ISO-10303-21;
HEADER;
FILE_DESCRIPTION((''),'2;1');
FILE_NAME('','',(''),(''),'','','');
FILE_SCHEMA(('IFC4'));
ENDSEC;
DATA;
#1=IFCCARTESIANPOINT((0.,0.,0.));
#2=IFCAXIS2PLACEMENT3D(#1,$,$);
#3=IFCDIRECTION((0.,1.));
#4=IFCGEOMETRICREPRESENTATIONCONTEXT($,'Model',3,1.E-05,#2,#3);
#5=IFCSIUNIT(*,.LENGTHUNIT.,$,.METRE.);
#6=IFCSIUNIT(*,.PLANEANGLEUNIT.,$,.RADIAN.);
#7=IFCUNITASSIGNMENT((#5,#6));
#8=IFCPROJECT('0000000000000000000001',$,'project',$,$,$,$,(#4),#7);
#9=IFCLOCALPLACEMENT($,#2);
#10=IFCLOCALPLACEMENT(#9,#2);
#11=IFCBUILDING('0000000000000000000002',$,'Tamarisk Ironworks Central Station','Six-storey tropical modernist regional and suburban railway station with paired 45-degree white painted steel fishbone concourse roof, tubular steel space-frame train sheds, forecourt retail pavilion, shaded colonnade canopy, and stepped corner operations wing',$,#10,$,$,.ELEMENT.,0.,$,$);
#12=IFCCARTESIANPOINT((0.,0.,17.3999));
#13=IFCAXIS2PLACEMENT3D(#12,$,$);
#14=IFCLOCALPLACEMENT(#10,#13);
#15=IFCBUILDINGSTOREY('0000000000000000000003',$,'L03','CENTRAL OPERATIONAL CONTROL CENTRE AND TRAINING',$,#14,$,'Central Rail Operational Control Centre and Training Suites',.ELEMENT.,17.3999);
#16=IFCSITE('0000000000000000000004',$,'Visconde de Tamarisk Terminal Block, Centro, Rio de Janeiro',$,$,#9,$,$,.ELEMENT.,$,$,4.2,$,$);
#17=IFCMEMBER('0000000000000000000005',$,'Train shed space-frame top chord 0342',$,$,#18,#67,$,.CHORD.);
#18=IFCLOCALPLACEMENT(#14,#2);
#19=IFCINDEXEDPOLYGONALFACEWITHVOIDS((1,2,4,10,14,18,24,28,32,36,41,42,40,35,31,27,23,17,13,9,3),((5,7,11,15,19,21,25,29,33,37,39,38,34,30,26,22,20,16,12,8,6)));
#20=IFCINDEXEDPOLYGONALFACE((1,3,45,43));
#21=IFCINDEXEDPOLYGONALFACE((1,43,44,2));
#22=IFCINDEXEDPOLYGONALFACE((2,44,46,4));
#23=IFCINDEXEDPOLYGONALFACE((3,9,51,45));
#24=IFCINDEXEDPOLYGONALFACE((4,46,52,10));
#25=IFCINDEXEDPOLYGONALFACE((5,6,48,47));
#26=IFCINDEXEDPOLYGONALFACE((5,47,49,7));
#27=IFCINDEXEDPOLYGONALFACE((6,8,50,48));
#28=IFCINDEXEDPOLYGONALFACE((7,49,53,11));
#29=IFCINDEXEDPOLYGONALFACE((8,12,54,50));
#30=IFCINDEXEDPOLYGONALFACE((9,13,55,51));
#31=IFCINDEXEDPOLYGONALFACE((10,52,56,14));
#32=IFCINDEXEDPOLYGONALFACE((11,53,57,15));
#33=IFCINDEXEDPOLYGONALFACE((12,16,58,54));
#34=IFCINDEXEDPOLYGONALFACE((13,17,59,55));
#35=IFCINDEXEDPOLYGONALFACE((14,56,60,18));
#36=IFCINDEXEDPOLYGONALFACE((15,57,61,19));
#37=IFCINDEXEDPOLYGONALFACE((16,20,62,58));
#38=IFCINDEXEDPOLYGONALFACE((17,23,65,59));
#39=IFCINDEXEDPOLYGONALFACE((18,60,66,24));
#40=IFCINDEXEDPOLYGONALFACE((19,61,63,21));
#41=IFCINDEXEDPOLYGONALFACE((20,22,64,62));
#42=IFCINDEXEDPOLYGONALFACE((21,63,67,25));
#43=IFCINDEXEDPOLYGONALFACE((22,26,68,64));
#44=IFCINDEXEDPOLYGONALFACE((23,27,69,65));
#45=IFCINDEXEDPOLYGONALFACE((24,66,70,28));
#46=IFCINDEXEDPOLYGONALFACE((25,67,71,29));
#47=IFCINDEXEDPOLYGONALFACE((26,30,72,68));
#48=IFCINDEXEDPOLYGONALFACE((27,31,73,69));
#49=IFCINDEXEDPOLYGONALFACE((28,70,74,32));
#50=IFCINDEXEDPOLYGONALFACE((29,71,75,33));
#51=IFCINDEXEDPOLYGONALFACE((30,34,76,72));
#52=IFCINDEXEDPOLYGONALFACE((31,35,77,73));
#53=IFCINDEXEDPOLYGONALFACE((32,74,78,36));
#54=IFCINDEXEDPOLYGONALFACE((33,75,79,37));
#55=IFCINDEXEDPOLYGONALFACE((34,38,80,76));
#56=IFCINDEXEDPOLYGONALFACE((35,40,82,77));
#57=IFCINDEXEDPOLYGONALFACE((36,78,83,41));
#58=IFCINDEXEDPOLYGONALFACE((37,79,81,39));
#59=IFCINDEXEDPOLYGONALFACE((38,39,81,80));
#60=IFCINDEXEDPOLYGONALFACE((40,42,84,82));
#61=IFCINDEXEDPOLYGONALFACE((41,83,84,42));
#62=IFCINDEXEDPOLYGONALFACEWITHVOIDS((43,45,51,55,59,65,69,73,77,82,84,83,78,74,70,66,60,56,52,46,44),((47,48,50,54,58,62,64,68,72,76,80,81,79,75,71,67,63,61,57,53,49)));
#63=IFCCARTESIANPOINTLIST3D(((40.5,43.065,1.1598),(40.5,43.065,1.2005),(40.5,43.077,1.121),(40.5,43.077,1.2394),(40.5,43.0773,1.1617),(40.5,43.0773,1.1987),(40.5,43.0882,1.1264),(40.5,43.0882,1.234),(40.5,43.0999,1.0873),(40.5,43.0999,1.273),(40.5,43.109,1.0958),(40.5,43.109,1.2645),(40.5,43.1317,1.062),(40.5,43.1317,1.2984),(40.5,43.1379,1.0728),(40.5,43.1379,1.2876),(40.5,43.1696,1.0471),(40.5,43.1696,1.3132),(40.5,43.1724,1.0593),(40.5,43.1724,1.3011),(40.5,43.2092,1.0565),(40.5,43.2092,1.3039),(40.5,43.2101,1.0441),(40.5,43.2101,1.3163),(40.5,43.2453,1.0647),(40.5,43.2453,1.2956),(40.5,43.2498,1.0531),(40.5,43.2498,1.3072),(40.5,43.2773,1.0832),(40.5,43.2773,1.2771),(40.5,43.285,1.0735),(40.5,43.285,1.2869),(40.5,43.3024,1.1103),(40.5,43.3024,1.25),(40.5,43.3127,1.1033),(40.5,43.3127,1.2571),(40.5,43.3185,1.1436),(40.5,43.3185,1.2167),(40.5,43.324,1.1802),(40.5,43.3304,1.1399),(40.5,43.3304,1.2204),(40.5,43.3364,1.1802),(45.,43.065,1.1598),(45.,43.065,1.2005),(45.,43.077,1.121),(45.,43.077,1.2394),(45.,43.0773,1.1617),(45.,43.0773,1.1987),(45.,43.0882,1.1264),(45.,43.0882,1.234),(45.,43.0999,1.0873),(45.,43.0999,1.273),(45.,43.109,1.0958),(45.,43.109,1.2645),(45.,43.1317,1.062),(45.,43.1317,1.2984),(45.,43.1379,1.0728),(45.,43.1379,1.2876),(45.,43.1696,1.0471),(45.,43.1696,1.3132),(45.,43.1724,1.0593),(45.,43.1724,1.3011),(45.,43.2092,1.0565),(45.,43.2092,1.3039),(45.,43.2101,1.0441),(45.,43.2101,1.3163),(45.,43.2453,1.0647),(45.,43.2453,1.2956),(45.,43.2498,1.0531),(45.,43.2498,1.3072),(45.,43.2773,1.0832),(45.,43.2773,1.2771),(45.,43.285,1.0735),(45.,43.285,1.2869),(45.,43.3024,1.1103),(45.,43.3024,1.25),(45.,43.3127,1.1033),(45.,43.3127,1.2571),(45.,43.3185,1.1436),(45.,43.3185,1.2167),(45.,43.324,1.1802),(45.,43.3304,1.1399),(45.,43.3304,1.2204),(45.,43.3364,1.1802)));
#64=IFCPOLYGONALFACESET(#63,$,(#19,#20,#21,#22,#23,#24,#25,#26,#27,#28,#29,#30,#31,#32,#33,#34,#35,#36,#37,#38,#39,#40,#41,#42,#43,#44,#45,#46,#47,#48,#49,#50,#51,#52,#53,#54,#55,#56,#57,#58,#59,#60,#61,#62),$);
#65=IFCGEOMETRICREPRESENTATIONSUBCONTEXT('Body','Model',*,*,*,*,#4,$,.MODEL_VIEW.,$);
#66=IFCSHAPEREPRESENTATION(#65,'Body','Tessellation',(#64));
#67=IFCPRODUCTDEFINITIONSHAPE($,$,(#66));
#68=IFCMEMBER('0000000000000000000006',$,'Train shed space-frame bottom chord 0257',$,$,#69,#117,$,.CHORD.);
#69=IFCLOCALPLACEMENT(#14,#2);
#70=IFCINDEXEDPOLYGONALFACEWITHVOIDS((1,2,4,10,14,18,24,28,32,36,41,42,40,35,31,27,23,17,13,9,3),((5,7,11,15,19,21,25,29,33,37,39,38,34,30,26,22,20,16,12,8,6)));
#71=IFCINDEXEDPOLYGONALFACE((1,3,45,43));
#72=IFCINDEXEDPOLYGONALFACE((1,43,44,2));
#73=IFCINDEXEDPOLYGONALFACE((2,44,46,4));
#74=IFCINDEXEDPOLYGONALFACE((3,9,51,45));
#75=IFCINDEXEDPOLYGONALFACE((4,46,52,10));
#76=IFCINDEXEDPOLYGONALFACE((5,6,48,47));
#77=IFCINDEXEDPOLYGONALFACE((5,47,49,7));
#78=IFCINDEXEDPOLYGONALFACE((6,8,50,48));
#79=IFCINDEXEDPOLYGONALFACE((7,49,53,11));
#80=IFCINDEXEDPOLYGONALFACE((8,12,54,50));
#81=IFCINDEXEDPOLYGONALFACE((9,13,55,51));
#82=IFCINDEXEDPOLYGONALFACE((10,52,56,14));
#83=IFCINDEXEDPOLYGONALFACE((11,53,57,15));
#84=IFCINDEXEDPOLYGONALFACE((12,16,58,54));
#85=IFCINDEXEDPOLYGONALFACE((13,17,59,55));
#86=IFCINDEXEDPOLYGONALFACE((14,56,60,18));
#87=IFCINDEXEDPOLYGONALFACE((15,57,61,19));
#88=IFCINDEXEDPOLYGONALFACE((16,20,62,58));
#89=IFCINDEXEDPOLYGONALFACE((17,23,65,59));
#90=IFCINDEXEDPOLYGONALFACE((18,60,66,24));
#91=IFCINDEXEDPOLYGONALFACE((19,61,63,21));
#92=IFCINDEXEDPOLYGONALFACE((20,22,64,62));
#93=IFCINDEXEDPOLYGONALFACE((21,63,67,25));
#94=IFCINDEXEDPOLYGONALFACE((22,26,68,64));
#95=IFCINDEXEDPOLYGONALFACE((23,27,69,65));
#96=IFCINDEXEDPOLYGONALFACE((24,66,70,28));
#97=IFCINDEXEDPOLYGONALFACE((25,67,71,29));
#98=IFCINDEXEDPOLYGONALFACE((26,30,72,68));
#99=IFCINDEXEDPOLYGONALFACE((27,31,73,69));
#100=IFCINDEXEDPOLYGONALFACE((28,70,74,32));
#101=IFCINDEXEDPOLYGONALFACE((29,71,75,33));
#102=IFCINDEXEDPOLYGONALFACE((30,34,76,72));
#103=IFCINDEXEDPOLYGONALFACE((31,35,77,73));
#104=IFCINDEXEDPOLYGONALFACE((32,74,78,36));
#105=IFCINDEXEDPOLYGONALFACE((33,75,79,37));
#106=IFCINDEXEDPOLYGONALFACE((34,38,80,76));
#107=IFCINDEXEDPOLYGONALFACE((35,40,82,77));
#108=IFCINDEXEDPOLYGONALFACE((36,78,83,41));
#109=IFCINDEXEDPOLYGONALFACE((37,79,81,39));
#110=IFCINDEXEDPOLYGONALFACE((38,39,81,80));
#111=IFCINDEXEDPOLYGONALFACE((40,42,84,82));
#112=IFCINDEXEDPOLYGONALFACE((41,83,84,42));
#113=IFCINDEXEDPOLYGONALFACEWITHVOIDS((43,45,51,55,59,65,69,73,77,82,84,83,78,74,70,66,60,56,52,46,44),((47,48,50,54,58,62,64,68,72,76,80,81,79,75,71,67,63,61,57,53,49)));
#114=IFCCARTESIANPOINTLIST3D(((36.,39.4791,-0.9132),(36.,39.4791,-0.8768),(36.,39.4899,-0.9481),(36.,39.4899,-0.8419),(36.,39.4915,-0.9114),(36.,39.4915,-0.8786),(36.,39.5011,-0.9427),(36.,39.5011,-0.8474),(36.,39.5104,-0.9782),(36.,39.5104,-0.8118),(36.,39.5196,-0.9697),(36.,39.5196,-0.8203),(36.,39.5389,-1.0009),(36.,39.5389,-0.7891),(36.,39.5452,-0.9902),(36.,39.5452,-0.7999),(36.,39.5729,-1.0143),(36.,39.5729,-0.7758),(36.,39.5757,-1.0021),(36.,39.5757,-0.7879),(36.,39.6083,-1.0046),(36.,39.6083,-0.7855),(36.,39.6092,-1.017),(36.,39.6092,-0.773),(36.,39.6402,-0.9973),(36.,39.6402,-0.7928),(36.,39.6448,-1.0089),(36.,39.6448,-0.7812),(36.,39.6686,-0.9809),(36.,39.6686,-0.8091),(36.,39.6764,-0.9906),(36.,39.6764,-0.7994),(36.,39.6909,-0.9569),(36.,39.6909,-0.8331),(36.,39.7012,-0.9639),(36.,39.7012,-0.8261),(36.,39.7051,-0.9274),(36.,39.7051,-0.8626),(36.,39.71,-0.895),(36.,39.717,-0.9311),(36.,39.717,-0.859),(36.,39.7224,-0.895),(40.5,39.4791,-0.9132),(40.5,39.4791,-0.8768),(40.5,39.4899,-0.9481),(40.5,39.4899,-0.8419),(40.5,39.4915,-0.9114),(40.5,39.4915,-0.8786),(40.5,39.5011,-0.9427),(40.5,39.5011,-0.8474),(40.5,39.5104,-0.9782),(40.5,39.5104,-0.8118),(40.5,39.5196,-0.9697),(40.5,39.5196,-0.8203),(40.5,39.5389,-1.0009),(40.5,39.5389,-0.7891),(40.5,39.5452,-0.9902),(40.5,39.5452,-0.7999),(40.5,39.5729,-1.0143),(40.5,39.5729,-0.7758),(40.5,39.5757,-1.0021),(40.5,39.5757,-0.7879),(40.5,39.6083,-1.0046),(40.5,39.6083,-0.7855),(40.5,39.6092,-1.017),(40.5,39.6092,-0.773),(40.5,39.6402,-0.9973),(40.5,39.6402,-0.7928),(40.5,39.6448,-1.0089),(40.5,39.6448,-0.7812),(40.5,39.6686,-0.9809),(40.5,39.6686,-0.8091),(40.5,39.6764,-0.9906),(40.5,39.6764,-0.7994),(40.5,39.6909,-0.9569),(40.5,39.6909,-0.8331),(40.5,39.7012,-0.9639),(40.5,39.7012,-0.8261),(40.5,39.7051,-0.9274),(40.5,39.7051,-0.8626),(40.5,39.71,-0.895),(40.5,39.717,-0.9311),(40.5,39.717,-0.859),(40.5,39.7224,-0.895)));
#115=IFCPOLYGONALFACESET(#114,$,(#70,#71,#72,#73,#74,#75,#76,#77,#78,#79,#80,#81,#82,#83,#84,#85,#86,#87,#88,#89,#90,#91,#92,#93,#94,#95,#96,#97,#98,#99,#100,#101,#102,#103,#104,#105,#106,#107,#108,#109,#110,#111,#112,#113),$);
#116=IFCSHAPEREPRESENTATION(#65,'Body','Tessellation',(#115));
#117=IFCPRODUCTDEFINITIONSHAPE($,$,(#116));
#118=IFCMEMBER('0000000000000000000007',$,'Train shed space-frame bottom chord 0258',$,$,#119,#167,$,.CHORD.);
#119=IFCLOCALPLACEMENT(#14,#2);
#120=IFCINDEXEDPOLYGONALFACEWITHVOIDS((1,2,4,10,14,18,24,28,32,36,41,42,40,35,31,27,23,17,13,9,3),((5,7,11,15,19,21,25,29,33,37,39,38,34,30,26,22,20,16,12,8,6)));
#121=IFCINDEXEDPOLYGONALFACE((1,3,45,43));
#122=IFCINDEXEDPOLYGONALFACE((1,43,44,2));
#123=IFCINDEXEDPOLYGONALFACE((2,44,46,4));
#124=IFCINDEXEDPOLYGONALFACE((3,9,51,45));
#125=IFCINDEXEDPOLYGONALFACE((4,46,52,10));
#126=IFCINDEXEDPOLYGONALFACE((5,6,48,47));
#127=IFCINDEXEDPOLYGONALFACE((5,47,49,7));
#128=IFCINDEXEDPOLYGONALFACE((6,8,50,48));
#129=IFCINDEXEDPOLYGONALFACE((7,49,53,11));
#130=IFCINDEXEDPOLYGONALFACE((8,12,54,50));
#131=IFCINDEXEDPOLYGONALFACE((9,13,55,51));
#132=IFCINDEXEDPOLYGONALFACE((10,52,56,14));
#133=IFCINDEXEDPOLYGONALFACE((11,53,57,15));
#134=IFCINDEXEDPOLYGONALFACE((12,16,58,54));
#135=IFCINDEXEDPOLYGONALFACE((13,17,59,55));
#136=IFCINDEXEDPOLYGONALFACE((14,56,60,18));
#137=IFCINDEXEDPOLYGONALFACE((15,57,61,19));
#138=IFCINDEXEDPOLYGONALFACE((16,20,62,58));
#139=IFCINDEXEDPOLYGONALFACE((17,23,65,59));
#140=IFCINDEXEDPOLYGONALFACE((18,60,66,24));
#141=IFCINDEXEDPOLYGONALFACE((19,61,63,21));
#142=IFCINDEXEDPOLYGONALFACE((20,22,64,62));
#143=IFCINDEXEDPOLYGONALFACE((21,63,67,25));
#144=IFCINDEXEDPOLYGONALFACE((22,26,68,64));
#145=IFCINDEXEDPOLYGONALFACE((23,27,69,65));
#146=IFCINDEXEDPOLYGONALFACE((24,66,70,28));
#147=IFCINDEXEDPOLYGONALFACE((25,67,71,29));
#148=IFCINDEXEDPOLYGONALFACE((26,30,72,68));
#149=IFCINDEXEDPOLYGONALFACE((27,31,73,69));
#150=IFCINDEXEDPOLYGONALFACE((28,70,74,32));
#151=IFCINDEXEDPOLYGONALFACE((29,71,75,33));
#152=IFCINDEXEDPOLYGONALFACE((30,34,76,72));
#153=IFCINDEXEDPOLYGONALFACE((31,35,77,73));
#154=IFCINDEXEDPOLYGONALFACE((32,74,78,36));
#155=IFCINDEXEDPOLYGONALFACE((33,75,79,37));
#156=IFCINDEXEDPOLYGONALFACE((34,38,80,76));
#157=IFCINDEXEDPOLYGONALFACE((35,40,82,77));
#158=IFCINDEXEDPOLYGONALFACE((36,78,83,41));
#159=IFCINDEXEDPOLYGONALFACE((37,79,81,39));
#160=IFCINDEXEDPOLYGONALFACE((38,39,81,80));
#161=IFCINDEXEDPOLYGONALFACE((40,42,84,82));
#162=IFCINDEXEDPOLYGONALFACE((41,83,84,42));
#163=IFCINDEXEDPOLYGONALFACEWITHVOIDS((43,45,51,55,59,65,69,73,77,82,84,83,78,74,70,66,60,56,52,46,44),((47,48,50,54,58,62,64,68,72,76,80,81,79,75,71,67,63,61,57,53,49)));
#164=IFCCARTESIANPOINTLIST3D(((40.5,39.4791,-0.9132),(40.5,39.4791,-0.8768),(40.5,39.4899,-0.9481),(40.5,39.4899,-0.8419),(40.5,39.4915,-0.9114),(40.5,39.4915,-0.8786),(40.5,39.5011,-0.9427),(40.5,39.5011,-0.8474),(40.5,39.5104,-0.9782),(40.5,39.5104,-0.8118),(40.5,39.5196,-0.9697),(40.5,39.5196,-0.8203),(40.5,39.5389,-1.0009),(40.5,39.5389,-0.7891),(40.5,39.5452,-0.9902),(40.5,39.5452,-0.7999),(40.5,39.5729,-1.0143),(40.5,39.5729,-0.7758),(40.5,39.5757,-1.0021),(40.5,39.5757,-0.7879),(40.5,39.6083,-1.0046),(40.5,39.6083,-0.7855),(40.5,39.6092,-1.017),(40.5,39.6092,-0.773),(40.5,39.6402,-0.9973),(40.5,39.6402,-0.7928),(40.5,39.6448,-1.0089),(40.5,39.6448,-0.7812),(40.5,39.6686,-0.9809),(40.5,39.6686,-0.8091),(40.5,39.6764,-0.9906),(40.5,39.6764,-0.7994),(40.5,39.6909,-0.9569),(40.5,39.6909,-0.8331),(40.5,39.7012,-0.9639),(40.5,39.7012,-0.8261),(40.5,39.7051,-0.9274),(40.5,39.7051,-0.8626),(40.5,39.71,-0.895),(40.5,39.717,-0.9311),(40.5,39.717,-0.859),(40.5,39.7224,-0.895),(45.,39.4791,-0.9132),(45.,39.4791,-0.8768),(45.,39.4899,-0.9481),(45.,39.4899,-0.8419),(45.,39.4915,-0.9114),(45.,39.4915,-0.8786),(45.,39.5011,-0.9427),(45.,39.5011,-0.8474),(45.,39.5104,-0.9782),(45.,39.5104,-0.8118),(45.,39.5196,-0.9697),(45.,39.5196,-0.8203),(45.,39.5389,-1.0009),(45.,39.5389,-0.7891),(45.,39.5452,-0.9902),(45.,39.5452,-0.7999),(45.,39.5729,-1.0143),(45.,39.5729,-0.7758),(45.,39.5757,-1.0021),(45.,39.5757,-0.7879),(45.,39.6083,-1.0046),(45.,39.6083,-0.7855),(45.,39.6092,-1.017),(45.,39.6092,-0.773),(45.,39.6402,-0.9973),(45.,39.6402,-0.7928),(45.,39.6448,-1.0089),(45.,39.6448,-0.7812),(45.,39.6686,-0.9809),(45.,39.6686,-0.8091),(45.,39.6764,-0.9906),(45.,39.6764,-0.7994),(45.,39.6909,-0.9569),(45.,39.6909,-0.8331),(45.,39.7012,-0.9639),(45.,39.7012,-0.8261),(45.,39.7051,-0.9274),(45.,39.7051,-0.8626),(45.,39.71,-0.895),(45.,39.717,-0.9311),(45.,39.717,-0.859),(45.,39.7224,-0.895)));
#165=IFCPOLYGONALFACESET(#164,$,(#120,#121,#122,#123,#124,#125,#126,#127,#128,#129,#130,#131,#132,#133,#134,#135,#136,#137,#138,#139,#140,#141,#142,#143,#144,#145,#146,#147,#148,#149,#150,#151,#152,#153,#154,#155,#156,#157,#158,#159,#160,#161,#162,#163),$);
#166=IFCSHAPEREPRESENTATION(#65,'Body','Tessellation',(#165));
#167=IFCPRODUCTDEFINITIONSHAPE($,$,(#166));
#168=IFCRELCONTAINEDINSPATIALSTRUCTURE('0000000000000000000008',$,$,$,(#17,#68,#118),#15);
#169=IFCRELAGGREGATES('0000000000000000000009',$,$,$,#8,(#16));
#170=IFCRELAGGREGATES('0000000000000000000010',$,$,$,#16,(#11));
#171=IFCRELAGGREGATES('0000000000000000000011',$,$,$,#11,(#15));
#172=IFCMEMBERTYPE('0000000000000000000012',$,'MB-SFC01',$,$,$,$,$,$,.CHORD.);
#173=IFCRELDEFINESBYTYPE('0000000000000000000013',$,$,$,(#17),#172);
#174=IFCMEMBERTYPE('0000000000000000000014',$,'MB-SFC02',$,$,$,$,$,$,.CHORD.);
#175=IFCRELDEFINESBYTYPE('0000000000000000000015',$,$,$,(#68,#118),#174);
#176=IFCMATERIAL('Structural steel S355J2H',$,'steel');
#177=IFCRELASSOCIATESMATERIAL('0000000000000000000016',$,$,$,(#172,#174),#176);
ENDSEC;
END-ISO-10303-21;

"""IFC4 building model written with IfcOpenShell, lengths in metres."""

from ifc_helpers import new_model, si_unit, direction, frame, origin, origin_2d, place, context, subcontext, project, spatial, hollow_circle, extrude, material, material_profile, profile_set, type_object, element, save


model = new_model("IFC4")

# Units and contexts
model_context = context("Model", 3, precision=1e-05, world=origin(), true_north=direction((0.0, 1.0)))
body_context = subcontext(model_context, "Body", "Model", "MODEL_VIEW")
ifc_project = project(units=[si_unit("LENGTHUNIT", "METRE"), si_unit("PLANEANGLEUNIT", "RADIAN")], contexts=[model_context])

# Site, building, storey
site_placement = place(None, origin())
site = spatial("IfcSite", under=ifc_project, at=site_placement, Name="Visconde de Tamarisk Terminal Block, Centro, Rio de Janeiro", CompositionType="ELEMENT", RefElevation=4.2)
building_placement = place(site_placement, origin())
building = spatial("IfcBuilding", under=site, at=building_placement, Name="Tamarisk Ironworks Central Station", Description="Six-storey tropical modernist regional and suburban railway station with paired 45-degree white painted steel fishbone concourse roof, tubular steel space-frame train sheds, forecourt retail pavilion, shaded colonnade canopy, and stepped corner operations wing", CompositionType="ELEMENT", ElevationOfRefHeight=0.0)
storey_placement = place(building_placement, frame((0.0, 0.0, 17.3999)))
storey = spatial("IfcBuildingStorey", under=building, at=storey_placement, Name="L03", Description="CENTRAL OPERATIONAL CONTROL CENTRE AND TRAINING", LongName="Central Rail Operational Control Centre and Training Suites", CompositionType="ELEMENT", Elevation=17.3999)

# Members
ifc_material = material(Name="Structural steel S355J2H", Category="steel")
ifc_material_profile_1 = material_profile(ifc_material, hollow_circle(Radius=0.1365, WallThickness=0.0125, at=origin_2d()), Name="CHS 273x12.5")
ifc_profile_set_1 = profile_set([ifc_material_profile_1], Name="Structural steel S355J2H")
member_type_1 = type_object("IfcMemberType", Name="MB-SFC01", PredefinedType="CHORD", material=ifc_profile_set_1)
for number, where, z_axis, x_axis, name in (
    (1, (40.5, 43.2, 1.1802), (1.0, 0.0, 0.0), (0.0, 1.0, 0.0), "Train shed space-frame top chord 0342"),
):
    element("IfcMember", number, at=place(storey_placement, frame(where, z_axis=z_axis, x_axis=x_axis)), inside=storey, type_object=member_type_1, Name=name, PredefinedType="CHORD", context=body_context, shape_type="SweptSolid", body=[
        extrude(hollow_circle(Radius=0.1365, WallThickness=0.0125, at=origin_2d()), origin(), (0.0, 0.0, 1.0), 4.5),
    ])
ifc_material_profile_2 = material_profile(ifc_material, hollow_circle(Radius=0.1223, WallThickness=0.0125, at=origin_2d()), Name="CHS 244.5x12.5")
ifc_profile_set_2 = profile_set([ifc_material_profile_2], Name="Structural steel S355J2H")
member_type_2 = type_object("IfcMemberType", Name="MB-SFC02", PredefinedType="CHORD", material=ifc_profile_set_2)
for number, where, z_axis, x_axis, name in (
    (2, (36.0, 39.6001, -0.895), (1.0, 0.0, 0.0), (0.0, 1.0, 0.0), "Train shed space-frame bottom chord 0257"),
    (3, (40.5, 39.6001, -0.895), (1.0, 0.0, 0.0), (0.0, 1.0, 0.0), "Train shed space-frame bottom chord 0258"),
):
    element("IfcMember", number, at=place(storey_placement, frame(where, z_axis=z_axis, x_axis=x_axis)), inside=storey, type_object=member_type_2, Name=name, PredefinedType="CHORD", context=body_context, shape_type="SweptSolid", body=[
        extrude(hollow_circle(Radius=0.1223, WallThickness=0.0125, at=origin_2d()), origin(), (0.0, 0.0, 1.0), 4.5),
    ])

save(model, "model.ifc")
